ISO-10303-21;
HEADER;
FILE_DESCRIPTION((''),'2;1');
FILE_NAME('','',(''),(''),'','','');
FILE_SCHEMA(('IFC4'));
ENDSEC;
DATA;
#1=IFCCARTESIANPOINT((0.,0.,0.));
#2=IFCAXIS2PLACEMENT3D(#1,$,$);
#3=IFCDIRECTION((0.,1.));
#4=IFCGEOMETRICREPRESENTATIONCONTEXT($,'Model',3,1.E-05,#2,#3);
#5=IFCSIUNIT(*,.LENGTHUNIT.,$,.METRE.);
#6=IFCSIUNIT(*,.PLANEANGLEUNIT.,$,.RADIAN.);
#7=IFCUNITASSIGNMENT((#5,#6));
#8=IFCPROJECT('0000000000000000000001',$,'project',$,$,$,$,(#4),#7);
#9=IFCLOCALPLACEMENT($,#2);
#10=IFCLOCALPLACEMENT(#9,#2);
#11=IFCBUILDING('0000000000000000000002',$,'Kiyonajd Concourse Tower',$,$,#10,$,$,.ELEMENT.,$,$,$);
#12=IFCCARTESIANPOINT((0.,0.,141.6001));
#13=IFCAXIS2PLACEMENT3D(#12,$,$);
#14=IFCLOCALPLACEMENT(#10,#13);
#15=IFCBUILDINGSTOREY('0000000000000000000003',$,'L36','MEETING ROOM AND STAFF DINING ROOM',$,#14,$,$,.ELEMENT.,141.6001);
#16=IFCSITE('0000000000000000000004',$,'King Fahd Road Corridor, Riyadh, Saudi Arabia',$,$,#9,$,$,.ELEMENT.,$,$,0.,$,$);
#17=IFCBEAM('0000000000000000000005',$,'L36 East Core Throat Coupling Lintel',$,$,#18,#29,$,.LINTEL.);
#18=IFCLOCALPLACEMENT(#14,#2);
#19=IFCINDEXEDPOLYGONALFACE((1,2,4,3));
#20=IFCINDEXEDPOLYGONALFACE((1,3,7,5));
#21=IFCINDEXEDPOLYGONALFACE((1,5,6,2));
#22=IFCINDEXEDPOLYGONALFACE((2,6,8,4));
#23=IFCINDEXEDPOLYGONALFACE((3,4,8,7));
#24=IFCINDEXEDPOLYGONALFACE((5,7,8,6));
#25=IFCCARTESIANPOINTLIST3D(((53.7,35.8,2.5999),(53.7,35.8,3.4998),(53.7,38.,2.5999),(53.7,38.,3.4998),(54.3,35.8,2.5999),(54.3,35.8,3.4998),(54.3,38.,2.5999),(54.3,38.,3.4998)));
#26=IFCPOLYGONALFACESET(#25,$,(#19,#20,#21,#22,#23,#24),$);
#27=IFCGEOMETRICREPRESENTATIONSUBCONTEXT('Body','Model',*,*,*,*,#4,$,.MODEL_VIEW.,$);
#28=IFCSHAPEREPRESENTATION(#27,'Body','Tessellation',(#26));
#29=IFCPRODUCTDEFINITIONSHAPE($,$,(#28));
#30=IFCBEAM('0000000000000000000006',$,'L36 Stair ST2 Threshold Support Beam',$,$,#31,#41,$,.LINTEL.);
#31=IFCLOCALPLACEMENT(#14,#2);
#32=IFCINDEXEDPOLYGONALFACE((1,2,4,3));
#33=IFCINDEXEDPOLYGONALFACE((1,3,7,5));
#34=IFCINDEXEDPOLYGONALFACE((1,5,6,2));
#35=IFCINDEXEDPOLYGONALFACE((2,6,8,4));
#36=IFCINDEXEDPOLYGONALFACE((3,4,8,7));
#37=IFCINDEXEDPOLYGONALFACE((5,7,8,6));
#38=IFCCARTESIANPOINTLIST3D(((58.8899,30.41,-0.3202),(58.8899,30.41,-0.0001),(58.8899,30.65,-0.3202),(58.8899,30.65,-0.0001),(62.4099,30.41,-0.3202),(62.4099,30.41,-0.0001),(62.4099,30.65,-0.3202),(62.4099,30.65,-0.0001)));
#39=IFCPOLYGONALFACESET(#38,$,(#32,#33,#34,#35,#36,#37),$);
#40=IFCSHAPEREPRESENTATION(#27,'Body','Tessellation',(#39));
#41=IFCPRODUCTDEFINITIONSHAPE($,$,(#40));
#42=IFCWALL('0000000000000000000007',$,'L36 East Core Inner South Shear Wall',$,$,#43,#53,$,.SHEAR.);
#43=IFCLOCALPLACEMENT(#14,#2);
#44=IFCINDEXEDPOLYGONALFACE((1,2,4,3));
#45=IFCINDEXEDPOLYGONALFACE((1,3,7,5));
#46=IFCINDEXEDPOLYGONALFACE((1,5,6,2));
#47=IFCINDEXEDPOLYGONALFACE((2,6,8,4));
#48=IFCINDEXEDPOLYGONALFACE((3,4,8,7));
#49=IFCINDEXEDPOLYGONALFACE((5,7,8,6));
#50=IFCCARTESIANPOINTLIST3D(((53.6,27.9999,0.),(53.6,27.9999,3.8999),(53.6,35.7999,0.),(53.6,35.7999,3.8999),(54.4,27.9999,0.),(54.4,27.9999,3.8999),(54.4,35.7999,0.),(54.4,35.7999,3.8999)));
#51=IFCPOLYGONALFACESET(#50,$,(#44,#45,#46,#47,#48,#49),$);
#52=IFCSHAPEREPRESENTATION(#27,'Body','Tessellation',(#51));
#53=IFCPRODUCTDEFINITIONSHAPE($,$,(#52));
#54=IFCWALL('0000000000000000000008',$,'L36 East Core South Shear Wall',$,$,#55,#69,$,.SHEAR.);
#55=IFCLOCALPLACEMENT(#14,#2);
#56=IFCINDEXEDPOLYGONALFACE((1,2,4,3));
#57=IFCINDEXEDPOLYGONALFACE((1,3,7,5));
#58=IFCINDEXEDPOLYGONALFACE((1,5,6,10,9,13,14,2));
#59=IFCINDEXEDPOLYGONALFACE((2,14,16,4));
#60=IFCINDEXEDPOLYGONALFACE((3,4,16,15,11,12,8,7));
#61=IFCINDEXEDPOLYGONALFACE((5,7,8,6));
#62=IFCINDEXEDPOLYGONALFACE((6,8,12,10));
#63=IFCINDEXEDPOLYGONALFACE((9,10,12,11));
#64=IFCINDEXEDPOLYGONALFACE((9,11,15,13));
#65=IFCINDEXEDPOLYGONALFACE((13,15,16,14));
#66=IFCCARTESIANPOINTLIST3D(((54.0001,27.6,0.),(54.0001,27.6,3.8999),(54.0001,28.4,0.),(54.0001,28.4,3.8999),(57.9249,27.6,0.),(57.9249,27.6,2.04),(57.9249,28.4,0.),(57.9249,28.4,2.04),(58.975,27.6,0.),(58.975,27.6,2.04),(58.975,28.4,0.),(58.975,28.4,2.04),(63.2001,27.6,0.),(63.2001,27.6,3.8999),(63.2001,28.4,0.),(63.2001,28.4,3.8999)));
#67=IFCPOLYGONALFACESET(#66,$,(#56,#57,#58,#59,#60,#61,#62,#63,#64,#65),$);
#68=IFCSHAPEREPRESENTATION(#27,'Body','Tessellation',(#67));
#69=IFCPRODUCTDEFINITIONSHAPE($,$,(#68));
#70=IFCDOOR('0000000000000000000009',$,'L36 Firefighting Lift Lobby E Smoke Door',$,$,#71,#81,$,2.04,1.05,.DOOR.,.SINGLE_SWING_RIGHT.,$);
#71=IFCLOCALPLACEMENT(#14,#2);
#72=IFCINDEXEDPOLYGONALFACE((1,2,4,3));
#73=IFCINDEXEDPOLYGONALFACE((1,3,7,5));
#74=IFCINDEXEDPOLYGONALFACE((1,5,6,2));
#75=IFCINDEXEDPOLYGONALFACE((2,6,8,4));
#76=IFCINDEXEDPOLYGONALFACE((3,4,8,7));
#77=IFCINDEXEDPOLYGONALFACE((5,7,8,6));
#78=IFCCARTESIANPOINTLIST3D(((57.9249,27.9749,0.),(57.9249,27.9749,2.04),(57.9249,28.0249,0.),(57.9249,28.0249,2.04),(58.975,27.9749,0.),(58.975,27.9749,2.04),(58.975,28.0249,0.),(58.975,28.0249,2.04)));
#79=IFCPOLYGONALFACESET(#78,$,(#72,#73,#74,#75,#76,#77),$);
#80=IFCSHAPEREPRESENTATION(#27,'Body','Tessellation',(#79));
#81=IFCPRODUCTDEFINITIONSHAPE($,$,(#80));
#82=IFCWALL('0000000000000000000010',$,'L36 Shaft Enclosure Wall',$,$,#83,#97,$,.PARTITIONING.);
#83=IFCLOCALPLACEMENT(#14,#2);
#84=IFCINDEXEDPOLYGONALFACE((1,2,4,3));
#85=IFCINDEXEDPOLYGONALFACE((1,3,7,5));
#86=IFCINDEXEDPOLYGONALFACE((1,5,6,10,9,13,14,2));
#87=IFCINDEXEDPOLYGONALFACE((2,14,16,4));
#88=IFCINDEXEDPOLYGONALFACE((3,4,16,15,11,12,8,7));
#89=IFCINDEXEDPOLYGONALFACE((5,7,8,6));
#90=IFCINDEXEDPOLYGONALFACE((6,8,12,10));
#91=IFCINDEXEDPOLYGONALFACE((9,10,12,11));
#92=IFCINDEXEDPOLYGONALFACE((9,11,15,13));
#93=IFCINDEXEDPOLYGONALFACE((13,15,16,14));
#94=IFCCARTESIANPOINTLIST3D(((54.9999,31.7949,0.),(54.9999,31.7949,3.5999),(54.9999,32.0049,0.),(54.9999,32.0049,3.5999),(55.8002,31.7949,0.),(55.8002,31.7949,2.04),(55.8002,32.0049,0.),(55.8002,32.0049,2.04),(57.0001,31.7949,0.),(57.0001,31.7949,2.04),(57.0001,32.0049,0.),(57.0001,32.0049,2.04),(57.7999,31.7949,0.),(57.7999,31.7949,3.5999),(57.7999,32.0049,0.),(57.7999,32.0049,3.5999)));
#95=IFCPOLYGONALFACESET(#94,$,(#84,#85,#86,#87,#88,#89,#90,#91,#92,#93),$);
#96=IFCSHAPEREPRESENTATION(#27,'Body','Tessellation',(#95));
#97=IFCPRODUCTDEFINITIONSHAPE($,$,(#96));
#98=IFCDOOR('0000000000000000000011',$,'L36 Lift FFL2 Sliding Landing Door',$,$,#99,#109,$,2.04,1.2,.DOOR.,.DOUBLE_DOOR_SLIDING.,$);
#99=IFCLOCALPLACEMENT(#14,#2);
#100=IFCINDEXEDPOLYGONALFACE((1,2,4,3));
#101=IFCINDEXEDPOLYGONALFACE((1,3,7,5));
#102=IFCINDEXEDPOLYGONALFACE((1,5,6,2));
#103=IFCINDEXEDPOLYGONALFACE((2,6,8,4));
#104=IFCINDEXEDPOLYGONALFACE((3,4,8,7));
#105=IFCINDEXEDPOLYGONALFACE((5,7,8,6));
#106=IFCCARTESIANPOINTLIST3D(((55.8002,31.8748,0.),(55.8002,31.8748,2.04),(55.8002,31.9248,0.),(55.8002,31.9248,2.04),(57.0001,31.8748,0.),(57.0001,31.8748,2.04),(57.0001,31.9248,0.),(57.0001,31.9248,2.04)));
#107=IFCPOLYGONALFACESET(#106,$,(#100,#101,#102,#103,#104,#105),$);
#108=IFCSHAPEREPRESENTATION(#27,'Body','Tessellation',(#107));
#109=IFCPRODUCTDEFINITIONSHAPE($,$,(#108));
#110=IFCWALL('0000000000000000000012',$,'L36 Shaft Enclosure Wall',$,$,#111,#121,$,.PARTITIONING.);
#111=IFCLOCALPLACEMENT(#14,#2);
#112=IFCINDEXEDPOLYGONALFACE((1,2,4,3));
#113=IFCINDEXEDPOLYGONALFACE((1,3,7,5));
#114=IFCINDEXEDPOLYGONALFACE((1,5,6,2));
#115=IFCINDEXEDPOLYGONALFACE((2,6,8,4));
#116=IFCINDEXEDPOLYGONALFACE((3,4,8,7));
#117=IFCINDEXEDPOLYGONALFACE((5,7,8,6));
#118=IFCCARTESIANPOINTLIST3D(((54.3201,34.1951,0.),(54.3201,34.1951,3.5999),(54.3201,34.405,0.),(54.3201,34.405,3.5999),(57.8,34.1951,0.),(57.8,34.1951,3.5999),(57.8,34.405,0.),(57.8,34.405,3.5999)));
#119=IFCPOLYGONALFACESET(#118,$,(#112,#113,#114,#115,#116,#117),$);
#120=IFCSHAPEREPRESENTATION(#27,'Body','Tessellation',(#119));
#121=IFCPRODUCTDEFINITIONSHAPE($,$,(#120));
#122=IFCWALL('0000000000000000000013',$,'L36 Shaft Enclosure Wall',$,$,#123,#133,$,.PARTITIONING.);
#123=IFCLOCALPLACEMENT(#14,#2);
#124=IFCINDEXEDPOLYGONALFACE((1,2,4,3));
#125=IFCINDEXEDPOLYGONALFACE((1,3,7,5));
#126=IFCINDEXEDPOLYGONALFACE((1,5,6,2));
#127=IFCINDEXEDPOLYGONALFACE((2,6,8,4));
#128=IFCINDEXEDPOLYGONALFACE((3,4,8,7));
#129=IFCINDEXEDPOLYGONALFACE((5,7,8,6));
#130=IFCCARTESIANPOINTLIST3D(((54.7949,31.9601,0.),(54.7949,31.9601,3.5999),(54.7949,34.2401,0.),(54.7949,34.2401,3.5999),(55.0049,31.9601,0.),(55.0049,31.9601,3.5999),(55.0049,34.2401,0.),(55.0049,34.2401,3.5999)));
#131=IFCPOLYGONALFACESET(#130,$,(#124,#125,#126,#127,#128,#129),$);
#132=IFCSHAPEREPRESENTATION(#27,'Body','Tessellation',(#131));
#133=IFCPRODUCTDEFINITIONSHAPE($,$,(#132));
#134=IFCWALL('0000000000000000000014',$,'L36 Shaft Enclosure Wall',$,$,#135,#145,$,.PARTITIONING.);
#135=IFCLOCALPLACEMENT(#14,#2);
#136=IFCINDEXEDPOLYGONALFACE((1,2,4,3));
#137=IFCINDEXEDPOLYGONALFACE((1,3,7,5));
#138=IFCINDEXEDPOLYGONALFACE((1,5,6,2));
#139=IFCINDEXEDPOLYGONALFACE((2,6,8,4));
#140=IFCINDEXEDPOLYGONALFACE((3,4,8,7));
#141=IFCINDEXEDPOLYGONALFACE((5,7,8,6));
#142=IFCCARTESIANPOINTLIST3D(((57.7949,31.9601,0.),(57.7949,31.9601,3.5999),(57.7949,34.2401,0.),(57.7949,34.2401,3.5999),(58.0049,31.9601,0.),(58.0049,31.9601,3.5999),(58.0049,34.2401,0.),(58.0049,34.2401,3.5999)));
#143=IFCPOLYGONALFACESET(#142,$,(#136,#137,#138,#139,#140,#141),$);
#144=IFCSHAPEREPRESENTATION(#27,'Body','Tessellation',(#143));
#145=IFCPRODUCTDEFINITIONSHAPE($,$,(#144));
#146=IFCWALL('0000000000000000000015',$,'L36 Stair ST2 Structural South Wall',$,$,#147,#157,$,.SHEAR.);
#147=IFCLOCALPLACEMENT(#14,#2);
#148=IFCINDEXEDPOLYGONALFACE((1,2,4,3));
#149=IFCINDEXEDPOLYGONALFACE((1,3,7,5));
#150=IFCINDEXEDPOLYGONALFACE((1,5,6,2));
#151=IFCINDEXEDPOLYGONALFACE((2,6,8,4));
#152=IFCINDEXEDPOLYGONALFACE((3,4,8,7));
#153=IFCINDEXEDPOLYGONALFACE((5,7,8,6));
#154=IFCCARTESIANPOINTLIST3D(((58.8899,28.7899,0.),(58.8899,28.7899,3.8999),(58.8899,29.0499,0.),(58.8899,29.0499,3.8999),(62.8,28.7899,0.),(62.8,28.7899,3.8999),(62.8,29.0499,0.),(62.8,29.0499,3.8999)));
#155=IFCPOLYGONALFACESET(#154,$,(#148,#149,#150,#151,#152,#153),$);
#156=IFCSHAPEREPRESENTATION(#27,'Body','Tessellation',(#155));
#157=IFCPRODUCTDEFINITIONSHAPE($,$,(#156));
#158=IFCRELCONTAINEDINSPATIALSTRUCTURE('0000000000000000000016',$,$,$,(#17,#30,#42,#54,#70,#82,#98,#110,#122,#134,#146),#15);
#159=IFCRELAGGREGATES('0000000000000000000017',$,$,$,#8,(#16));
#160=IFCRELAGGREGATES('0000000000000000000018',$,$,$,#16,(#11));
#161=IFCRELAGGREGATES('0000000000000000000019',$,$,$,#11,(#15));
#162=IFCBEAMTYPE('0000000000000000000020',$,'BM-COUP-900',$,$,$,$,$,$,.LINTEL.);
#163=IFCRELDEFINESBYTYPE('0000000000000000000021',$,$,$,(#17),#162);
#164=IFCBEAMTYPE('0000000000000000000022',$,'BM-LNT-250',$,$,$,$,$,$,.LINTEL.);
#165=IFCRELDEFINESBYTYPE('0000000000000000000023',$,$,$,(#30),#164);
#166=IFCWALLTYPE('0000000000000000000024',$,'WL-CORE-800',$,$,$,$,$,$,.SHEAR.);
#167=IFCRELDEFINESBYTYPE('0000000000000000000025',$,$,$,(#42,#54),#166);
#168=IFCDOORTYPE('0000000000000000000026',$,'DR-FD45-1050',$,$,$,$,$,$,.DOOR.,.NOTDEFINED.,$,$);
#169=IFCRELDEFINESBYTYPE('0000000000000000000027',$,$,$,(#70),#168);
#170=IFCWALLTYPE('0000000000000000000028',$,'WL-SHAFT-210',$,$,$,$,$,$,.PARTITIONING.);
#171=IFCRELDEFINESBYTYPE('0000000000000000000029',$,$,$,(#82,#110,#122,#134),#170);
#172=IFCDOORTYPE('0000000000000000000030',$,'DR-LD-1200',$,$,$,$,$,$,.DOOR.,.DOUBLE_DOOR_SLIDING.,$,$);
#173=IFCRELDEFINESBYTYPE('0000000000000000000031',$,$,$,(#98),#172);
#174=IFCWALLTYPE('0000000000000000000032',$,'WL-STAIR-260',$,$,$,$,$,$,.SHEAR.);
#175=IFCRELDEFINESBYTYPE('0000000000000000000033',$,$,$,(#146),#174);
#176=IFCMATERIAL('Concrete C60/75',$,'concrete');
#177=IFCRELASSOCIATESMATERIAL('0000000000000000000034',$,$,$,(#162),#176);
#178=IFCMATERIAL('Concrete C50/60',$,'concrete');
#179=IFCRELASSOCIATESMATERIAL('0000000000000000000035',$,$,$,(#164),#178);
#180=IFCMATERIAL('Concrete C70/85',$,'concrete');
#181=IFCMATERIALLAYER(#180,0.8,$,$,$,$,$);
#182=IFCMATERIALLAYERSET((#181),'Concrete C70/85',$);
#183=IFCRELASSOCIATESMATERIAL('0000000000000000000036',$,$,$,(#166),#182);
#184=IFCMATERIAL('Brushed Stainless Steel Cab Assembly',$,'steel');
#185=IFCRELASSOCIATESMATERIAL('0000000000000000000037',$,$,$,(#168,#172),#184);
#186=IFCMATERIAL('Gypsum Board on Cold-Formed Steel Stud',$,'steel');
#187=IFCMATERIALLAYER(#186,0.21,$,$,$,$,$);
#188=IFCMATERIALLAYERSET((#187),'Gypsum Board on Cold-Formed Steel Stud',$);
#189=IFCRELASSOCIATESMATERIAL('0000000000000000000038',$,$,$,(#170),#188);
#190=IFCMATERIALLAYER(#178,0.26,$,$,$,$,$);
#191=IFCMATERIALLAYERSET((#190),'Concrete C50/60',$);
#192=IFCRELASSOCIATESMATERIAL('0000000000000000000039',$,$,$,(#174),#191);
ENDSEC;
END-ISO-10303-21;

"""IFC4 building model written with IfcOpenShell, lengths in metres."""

from ifc_helpers import new_model, si_unit, direction, frame, frame_2d, origin, origin_2d, place, context, subcontext, project, spatial, rectangle, extrude, material, layer, layer_set, material_profile, profile_set, type_object, element, fill, save


model = new_model("IFC4")

# Units and contexts
model_context = context("Model", 3, precision=1e-05, world=origin(), true_north=direction((0.0, 1.0)))
body_context = subcontext(model_context, "Body", "Model", "MODEL_VIEW")
ifc_project = project(units=[si_unit("LENGTHUNIT", "METRE"), si_unit("PLANEANGLEUNIT", "RADIAN")], contexts=[model_context])

# Site, building, storey
site_placement = place(None, origin())
site = spatial("IfcSite", under=ifc_project, at=site_placement, Name="King Fahd Road Corridor, Riyadh, Saudi Arabia", CompositionType="ELEMENT", RefElevation=0.0)
building_placement = place(site_placement, origin())
building = spatial("IfcBuilding", under=site, at=building_placement, Name="Kiyonajd Concourse Tower", CompositionType="ELEMENT")
storey_placement = place(building_placement, frame((0.0, 0.0, 141.6001)))
storey = spatial("IfcBuildingStorey", under=building, at=storey_placement, Name="L36", Description="MEETING ROOM AND STAFF DINING ROOM", CompositionType="ELEMENT", Elevation=141.6001)

# Beams
ifc_material_1 = material(Name="Concrete C60/75", Category="concrete")
ifc_material_profile_1 = material_profile(ifc_material_1, rectangle(XDim=0.6001, YDim=0.8999, at=origin_2d()), Name="RCBM-600x900")
ifc_profile_set_1 = profile_set([ifc_material_profile_1], Name="Concrete C60/75")
beam_type_1 = type_object("IfcBeamType", Name="BM-COUP-900", PredefinedType="LINTEL", material=ifc_profile_set_1)
beam_1_placement = place(storey_placement, frame((54.0, 35.8, 3.0498), z_axis=(0.0, 1.0, 0.0), x_axis=(-1.0, 0.0, 0.0)))
element("IfcBeam", 1, at=beam_1_placement, inside=storey, type_object=beam_type_1, Name="L36 East Core Throat Coupling Lintel", PredefinedType="LINTEL", context=body_context, shape_type="SweptSolid", body=[
    extrude(rectangle(XDim=0.6001, YDim=0.8999, at=origin_2d()), origin(), (0.0, 0.0, 1.0), 2.2),
])
ifc_material_2 = material(Name="Concrete C50/60", Category="concrete")
ifc_material_profile_2 = material_profile(ifc_material_2, rectangle(XDim=0.24, YDim=0.3201, at=origin_2d()), Name="RCBM-240x320")
ifc_profile_set_2 = profile_set([ifc_material_profile_2], Name="Concrete C50/60")
beam_type_2 = type_object("IfcBeamType", Name="BM-LNT-250", PredefinedType="LINTEL", material=ifc_profile_set_2)
beam_2_placement = place(storey_placement, frame((58.8899, 30.53, -0.1602), z_axis=(1.0, 0.0, 0.0), x_axis=(0.0, 1.0, 0.0)))
element("IfcBeam", 2, at=beam_2_placement, inside=storey, type_object=beam_type_2, Name="L36 Stair ST2 Threshold Support Beam", PredefinedType="LINTEL", context=body_context, shape_type="SweptSolid", body=[
    extrude(rectangle(XDim=0.24, YDim=0.3201, at=origin_2d()), origin(), (0.0, 0.0, 1.0), 3.52),
])

# Wall
ifc_material_3 = material(Name="Concrete C70/85", Category="concrete")
ifc_layer_1 = layer(ifc_material_3, 0.8)
ifc_layer_set_1 = layer_set([ifc_layer_1], Name="Concrete C70/85")
wall_type_1 = type_object("IfcWallType", Name="WL-CORE-800", PredefinedType="SHEAR", material=ifc_layer_set_1)
wall_1_placement = place(storey_placement, frame((54.0, 28.0, 0.0), z_axis=(0.0, 0.0, 1.0), x_axis=(0.0, 1.0, 0.0)))
element("IfcWall", 3, at=wall_1_placement, inside=storey, type_object=wall_type_1, Name="L36 East Core Inner South Shear Wall", PredefinedType="SHEAR", context=body_context, shape_type="SweptSolid", body=[
    extrude(rectangle(XDim=7.8, YDim=0.8, at=frame_2d((3.8999, 0.0))), origin(), (0.0, 0.0, 1.0), 3.8999),
])

# Walls, openings, doors
wall_2_placement = place(storey_placement, frame((54.0, 28.0, 0.0), z_axis=(0.0, 0.0, 1.0), x_axis=(1.0, 0.0, 0.0)))
wall_2 = element("IfcWall", 4, at=wall_2_placement, inside=storey, type_object=wall_type_1, Name="L36 East Core South Shear Wall", PredefinedType="SHEAR", context=body_context, shape_type="SweptSolid", body=[
    extrude(rectangle(XDim=9.2, YDim=0.8, at=frame_2d((4.6001, 0.0))), origin(), (0.0, 0.0, 1.0), 3.8999),
])
opening_1_placement = place(wall_2_placement, frame((3.925, 0.0, 0.0)))
opening_1 = element("IfcOpeningElement", 5, at=opening_1_placement, cuts=wall_2, PredefinedType="OPENING", context=body_context, shape_type="SweptSolid", body=[
    extrude(rectangle(XDim=1.05, YDim=2.04, at=frame_2d((0.5249, 1.02))), frame((0.0, 0.4099, 0.0), z_axis=(0.0, -1.0, 0.0), x_axis=(1.0, 0.0, 0.0)), (0.0, 0.0, 1.0), 0.8201),
])
ifc_material_4 = material(Name="Brushed Stainless Steel Cab Assembly", Category="steel")
door_type_1 = type_object("IfcDoorType", Name="DR-FD45-1050", OperationType="NOTDEFINED", PredefinedType="DOOR", material=ifc_material_4)
door_1_placement = place(opening_1_placement, origin())
door_1 = element("IfcDoor", 6, at=door_1_placement, inside=storey, type_object=door_type_1, Name="L36 Firefighting Lift Lobby E Smoke Door", OperationType="SINGLE_SWING_RIGHT", OverallHeight=2.04, OverallWidth=1.05, PredefinedType="DOOR", context=body_context, shape_type="SweptSolid", body=[
    extrude(rectangle(XDim=1.05, YDim=2.04, at=frame_2d((0.5249, 1.02))), frame((0.0, 0.0249, 0.0), z_axis=(0.0, -1.0, 0.0), x_axis=(1.0, 0.0, 0.0)), (0.0, 0.0, 1.0), 0.05),
])
fill(opening_1, door_1)
ifc_material_5 = material(Name="Gypsum Board on Cold-Formed Steel Stud", Category="steel")
ifc_layer_2 = layer(ifc_material_5, 0.21)
ifc_layer_set_2 = layer_set([ifc_layer_2], Name="Gypsum Board on Cold-Formed Steel Stud")
wall_type_2 = type_object("IfcWallType", Name="WL-SHAFT-210", PredefinedType="PARTITIONING", material=ifc_layer_set_2)
wall_3_placement = place(storey_placement, frame((55.0, 31.8999, 0.0), z_axis=(0.0, 0.0, 1.0), x_axis=(1.0, 0.0, 0.0)))
wall_3 = element("IfcWall", 7, at=wall_3_placement, inside=storey, type_object=wall_type_2, Name="L36 Shaft Enclosure Wall", PredefinedType="PARTITIONING", context=body_context, shape_type="SweptSolid", body=[
    extrude(rectangle(XDim=2.8, YDim=0.21, at=frame_2d((1.3999, 0.0))), origin(), (0.0, 0.0, 1.0), 3.5999),
])
opening_2_placement = place(wall_3_placement, frame((0.8, 0.0, 0.0)))
opening_2 = element("IfcOpeningElement", 8, at=opening_2_placement, cuts=wall_3, PredefinedType="OPENING", context=body_context, shape_type="SweptSolid", body=[
    extrude(rectangle(XDim=1.2, YDim=2.04, at=frame_2d((0.6001, 1.02))), frame((0.0, 0.115, 0.0), z_axis=(0.0, -1.0, 0.0), x_axis=(1.0, 0.0, 0.0)), (0.0, 0.0, 1.0), 0.23),
])
door_type_2 = type_object("IfcDoorType", Name="DR-LD-1200", OperationType="DOUBLE_DOOR_SLIDING", PredefinedType="DOOR", material=ifc_material_4)
door_2_placement = place(opening_2_placement, origin())
door_2 = element("IfcDoor", 9, at=door_2_placement, inside=storey, type_object=door_type_2, Name="L36 Lift FFL2 Sliding Landing Door", OperationType="DOUBLE_DOOR_SLIDING", OverallHeight=2.04, OverallWidth=1.2, PredefinedType="DOOR", context=body_context, shape_type="SweptSolid", body=[
    extrude(rectangle(XDim=1.2, YDim=2.04, at=frame_2d((0.6001, 1.02))), frame((0.0, 0.0249, 0.0), z_axis=(0.0, -1.0, 0.0), x_axis=(1.0, 0.0, 0.0)), (0.0, 0.0, 1.0), 0.05),
])
fill(opening_2, door_2)

# Walls
wall_4_placement = place(storey_placement, frame((54.3201, 34.3, 0.0), z_axis=(0.0, 0.0, 1.0), x_axis=(1.0, 0.0, 0.0)))
element("IfcWall", 10, at=wall_4_placement, inside=storey, type_object=wall_type_2, Name="L36 Shaft Enclosure Wall", PredefinedType="PARTITIONING", context=body_context, shape_type="SweptSolid", body=[
    extrude(rectangle(XDim=3.48, YDim=0.21, at=frame_2d((1.74, 0.0))), origin(), (0.0, 0.0, 1.0), 3.5999),
])
for number, where, z_axis, x_axis, name in (
    (11, (54.8999, 31.96, 0.0), (0.0, 0.0, 1.0), (0.0, 1.0, 0.0), "L36 Shaft Enclosure Wall"),
    (12, (57.8999, 31.96, 0.0), (0.0, 0.0, 1.0), (0.0, 1.0, 0.0), "L36 Shaft Enclosure Wall"),
):
    element("IfcWall", number, at=place(storey_placement, frame(where, z_axis=z_axis, x_axis=x_axis)), inside=storey, type_object=wall_type_2, Name=name, PredefinedType="PARTITIONING", context=body_context, shape_type="SweptSolid", body=[
        extrude(rectangle(XDim=2.28, YDim=0.21, at=frame_2d((1.1401, 0.0))), origin(), (0.0, 0.0, 1.0), 3.5999),
    ])
ifc_layer_3 = layer(ifc_material_2, 0.26)
ifc_layer_set_3 = layer_set([ifc_layer_3], Name="Concrete C50/60")
wall_type_3 = type_object("IfcWallType", Name="WL-STAIR-260", PredefinedType="SHEAR", material=ifc_layer_set_3)
wall_5_placement = place(storey_placement, frame((58.8899, 28.9199, 0.0), z_axis=(0.0, 0.0, 1.0), x_axis=(1.0, 0.0, 0.0)))
element("IfcWall", 13, at=wall_5_placement, inside=storey, type_object=wall_type_3, Name="L36 Stair ST2 Structural South Wall", PredefinedType="SHEAR", context=body_context, shape_type="SweptSolid", body=[
    extrude(rectangle(XDim=3.9102, YDim=0.26, at=frame_2d((1.9551, 0.0))), origin(), (0.0, 0.0, 1.0), 3.8999),
])

save(model, "model.ifc")
